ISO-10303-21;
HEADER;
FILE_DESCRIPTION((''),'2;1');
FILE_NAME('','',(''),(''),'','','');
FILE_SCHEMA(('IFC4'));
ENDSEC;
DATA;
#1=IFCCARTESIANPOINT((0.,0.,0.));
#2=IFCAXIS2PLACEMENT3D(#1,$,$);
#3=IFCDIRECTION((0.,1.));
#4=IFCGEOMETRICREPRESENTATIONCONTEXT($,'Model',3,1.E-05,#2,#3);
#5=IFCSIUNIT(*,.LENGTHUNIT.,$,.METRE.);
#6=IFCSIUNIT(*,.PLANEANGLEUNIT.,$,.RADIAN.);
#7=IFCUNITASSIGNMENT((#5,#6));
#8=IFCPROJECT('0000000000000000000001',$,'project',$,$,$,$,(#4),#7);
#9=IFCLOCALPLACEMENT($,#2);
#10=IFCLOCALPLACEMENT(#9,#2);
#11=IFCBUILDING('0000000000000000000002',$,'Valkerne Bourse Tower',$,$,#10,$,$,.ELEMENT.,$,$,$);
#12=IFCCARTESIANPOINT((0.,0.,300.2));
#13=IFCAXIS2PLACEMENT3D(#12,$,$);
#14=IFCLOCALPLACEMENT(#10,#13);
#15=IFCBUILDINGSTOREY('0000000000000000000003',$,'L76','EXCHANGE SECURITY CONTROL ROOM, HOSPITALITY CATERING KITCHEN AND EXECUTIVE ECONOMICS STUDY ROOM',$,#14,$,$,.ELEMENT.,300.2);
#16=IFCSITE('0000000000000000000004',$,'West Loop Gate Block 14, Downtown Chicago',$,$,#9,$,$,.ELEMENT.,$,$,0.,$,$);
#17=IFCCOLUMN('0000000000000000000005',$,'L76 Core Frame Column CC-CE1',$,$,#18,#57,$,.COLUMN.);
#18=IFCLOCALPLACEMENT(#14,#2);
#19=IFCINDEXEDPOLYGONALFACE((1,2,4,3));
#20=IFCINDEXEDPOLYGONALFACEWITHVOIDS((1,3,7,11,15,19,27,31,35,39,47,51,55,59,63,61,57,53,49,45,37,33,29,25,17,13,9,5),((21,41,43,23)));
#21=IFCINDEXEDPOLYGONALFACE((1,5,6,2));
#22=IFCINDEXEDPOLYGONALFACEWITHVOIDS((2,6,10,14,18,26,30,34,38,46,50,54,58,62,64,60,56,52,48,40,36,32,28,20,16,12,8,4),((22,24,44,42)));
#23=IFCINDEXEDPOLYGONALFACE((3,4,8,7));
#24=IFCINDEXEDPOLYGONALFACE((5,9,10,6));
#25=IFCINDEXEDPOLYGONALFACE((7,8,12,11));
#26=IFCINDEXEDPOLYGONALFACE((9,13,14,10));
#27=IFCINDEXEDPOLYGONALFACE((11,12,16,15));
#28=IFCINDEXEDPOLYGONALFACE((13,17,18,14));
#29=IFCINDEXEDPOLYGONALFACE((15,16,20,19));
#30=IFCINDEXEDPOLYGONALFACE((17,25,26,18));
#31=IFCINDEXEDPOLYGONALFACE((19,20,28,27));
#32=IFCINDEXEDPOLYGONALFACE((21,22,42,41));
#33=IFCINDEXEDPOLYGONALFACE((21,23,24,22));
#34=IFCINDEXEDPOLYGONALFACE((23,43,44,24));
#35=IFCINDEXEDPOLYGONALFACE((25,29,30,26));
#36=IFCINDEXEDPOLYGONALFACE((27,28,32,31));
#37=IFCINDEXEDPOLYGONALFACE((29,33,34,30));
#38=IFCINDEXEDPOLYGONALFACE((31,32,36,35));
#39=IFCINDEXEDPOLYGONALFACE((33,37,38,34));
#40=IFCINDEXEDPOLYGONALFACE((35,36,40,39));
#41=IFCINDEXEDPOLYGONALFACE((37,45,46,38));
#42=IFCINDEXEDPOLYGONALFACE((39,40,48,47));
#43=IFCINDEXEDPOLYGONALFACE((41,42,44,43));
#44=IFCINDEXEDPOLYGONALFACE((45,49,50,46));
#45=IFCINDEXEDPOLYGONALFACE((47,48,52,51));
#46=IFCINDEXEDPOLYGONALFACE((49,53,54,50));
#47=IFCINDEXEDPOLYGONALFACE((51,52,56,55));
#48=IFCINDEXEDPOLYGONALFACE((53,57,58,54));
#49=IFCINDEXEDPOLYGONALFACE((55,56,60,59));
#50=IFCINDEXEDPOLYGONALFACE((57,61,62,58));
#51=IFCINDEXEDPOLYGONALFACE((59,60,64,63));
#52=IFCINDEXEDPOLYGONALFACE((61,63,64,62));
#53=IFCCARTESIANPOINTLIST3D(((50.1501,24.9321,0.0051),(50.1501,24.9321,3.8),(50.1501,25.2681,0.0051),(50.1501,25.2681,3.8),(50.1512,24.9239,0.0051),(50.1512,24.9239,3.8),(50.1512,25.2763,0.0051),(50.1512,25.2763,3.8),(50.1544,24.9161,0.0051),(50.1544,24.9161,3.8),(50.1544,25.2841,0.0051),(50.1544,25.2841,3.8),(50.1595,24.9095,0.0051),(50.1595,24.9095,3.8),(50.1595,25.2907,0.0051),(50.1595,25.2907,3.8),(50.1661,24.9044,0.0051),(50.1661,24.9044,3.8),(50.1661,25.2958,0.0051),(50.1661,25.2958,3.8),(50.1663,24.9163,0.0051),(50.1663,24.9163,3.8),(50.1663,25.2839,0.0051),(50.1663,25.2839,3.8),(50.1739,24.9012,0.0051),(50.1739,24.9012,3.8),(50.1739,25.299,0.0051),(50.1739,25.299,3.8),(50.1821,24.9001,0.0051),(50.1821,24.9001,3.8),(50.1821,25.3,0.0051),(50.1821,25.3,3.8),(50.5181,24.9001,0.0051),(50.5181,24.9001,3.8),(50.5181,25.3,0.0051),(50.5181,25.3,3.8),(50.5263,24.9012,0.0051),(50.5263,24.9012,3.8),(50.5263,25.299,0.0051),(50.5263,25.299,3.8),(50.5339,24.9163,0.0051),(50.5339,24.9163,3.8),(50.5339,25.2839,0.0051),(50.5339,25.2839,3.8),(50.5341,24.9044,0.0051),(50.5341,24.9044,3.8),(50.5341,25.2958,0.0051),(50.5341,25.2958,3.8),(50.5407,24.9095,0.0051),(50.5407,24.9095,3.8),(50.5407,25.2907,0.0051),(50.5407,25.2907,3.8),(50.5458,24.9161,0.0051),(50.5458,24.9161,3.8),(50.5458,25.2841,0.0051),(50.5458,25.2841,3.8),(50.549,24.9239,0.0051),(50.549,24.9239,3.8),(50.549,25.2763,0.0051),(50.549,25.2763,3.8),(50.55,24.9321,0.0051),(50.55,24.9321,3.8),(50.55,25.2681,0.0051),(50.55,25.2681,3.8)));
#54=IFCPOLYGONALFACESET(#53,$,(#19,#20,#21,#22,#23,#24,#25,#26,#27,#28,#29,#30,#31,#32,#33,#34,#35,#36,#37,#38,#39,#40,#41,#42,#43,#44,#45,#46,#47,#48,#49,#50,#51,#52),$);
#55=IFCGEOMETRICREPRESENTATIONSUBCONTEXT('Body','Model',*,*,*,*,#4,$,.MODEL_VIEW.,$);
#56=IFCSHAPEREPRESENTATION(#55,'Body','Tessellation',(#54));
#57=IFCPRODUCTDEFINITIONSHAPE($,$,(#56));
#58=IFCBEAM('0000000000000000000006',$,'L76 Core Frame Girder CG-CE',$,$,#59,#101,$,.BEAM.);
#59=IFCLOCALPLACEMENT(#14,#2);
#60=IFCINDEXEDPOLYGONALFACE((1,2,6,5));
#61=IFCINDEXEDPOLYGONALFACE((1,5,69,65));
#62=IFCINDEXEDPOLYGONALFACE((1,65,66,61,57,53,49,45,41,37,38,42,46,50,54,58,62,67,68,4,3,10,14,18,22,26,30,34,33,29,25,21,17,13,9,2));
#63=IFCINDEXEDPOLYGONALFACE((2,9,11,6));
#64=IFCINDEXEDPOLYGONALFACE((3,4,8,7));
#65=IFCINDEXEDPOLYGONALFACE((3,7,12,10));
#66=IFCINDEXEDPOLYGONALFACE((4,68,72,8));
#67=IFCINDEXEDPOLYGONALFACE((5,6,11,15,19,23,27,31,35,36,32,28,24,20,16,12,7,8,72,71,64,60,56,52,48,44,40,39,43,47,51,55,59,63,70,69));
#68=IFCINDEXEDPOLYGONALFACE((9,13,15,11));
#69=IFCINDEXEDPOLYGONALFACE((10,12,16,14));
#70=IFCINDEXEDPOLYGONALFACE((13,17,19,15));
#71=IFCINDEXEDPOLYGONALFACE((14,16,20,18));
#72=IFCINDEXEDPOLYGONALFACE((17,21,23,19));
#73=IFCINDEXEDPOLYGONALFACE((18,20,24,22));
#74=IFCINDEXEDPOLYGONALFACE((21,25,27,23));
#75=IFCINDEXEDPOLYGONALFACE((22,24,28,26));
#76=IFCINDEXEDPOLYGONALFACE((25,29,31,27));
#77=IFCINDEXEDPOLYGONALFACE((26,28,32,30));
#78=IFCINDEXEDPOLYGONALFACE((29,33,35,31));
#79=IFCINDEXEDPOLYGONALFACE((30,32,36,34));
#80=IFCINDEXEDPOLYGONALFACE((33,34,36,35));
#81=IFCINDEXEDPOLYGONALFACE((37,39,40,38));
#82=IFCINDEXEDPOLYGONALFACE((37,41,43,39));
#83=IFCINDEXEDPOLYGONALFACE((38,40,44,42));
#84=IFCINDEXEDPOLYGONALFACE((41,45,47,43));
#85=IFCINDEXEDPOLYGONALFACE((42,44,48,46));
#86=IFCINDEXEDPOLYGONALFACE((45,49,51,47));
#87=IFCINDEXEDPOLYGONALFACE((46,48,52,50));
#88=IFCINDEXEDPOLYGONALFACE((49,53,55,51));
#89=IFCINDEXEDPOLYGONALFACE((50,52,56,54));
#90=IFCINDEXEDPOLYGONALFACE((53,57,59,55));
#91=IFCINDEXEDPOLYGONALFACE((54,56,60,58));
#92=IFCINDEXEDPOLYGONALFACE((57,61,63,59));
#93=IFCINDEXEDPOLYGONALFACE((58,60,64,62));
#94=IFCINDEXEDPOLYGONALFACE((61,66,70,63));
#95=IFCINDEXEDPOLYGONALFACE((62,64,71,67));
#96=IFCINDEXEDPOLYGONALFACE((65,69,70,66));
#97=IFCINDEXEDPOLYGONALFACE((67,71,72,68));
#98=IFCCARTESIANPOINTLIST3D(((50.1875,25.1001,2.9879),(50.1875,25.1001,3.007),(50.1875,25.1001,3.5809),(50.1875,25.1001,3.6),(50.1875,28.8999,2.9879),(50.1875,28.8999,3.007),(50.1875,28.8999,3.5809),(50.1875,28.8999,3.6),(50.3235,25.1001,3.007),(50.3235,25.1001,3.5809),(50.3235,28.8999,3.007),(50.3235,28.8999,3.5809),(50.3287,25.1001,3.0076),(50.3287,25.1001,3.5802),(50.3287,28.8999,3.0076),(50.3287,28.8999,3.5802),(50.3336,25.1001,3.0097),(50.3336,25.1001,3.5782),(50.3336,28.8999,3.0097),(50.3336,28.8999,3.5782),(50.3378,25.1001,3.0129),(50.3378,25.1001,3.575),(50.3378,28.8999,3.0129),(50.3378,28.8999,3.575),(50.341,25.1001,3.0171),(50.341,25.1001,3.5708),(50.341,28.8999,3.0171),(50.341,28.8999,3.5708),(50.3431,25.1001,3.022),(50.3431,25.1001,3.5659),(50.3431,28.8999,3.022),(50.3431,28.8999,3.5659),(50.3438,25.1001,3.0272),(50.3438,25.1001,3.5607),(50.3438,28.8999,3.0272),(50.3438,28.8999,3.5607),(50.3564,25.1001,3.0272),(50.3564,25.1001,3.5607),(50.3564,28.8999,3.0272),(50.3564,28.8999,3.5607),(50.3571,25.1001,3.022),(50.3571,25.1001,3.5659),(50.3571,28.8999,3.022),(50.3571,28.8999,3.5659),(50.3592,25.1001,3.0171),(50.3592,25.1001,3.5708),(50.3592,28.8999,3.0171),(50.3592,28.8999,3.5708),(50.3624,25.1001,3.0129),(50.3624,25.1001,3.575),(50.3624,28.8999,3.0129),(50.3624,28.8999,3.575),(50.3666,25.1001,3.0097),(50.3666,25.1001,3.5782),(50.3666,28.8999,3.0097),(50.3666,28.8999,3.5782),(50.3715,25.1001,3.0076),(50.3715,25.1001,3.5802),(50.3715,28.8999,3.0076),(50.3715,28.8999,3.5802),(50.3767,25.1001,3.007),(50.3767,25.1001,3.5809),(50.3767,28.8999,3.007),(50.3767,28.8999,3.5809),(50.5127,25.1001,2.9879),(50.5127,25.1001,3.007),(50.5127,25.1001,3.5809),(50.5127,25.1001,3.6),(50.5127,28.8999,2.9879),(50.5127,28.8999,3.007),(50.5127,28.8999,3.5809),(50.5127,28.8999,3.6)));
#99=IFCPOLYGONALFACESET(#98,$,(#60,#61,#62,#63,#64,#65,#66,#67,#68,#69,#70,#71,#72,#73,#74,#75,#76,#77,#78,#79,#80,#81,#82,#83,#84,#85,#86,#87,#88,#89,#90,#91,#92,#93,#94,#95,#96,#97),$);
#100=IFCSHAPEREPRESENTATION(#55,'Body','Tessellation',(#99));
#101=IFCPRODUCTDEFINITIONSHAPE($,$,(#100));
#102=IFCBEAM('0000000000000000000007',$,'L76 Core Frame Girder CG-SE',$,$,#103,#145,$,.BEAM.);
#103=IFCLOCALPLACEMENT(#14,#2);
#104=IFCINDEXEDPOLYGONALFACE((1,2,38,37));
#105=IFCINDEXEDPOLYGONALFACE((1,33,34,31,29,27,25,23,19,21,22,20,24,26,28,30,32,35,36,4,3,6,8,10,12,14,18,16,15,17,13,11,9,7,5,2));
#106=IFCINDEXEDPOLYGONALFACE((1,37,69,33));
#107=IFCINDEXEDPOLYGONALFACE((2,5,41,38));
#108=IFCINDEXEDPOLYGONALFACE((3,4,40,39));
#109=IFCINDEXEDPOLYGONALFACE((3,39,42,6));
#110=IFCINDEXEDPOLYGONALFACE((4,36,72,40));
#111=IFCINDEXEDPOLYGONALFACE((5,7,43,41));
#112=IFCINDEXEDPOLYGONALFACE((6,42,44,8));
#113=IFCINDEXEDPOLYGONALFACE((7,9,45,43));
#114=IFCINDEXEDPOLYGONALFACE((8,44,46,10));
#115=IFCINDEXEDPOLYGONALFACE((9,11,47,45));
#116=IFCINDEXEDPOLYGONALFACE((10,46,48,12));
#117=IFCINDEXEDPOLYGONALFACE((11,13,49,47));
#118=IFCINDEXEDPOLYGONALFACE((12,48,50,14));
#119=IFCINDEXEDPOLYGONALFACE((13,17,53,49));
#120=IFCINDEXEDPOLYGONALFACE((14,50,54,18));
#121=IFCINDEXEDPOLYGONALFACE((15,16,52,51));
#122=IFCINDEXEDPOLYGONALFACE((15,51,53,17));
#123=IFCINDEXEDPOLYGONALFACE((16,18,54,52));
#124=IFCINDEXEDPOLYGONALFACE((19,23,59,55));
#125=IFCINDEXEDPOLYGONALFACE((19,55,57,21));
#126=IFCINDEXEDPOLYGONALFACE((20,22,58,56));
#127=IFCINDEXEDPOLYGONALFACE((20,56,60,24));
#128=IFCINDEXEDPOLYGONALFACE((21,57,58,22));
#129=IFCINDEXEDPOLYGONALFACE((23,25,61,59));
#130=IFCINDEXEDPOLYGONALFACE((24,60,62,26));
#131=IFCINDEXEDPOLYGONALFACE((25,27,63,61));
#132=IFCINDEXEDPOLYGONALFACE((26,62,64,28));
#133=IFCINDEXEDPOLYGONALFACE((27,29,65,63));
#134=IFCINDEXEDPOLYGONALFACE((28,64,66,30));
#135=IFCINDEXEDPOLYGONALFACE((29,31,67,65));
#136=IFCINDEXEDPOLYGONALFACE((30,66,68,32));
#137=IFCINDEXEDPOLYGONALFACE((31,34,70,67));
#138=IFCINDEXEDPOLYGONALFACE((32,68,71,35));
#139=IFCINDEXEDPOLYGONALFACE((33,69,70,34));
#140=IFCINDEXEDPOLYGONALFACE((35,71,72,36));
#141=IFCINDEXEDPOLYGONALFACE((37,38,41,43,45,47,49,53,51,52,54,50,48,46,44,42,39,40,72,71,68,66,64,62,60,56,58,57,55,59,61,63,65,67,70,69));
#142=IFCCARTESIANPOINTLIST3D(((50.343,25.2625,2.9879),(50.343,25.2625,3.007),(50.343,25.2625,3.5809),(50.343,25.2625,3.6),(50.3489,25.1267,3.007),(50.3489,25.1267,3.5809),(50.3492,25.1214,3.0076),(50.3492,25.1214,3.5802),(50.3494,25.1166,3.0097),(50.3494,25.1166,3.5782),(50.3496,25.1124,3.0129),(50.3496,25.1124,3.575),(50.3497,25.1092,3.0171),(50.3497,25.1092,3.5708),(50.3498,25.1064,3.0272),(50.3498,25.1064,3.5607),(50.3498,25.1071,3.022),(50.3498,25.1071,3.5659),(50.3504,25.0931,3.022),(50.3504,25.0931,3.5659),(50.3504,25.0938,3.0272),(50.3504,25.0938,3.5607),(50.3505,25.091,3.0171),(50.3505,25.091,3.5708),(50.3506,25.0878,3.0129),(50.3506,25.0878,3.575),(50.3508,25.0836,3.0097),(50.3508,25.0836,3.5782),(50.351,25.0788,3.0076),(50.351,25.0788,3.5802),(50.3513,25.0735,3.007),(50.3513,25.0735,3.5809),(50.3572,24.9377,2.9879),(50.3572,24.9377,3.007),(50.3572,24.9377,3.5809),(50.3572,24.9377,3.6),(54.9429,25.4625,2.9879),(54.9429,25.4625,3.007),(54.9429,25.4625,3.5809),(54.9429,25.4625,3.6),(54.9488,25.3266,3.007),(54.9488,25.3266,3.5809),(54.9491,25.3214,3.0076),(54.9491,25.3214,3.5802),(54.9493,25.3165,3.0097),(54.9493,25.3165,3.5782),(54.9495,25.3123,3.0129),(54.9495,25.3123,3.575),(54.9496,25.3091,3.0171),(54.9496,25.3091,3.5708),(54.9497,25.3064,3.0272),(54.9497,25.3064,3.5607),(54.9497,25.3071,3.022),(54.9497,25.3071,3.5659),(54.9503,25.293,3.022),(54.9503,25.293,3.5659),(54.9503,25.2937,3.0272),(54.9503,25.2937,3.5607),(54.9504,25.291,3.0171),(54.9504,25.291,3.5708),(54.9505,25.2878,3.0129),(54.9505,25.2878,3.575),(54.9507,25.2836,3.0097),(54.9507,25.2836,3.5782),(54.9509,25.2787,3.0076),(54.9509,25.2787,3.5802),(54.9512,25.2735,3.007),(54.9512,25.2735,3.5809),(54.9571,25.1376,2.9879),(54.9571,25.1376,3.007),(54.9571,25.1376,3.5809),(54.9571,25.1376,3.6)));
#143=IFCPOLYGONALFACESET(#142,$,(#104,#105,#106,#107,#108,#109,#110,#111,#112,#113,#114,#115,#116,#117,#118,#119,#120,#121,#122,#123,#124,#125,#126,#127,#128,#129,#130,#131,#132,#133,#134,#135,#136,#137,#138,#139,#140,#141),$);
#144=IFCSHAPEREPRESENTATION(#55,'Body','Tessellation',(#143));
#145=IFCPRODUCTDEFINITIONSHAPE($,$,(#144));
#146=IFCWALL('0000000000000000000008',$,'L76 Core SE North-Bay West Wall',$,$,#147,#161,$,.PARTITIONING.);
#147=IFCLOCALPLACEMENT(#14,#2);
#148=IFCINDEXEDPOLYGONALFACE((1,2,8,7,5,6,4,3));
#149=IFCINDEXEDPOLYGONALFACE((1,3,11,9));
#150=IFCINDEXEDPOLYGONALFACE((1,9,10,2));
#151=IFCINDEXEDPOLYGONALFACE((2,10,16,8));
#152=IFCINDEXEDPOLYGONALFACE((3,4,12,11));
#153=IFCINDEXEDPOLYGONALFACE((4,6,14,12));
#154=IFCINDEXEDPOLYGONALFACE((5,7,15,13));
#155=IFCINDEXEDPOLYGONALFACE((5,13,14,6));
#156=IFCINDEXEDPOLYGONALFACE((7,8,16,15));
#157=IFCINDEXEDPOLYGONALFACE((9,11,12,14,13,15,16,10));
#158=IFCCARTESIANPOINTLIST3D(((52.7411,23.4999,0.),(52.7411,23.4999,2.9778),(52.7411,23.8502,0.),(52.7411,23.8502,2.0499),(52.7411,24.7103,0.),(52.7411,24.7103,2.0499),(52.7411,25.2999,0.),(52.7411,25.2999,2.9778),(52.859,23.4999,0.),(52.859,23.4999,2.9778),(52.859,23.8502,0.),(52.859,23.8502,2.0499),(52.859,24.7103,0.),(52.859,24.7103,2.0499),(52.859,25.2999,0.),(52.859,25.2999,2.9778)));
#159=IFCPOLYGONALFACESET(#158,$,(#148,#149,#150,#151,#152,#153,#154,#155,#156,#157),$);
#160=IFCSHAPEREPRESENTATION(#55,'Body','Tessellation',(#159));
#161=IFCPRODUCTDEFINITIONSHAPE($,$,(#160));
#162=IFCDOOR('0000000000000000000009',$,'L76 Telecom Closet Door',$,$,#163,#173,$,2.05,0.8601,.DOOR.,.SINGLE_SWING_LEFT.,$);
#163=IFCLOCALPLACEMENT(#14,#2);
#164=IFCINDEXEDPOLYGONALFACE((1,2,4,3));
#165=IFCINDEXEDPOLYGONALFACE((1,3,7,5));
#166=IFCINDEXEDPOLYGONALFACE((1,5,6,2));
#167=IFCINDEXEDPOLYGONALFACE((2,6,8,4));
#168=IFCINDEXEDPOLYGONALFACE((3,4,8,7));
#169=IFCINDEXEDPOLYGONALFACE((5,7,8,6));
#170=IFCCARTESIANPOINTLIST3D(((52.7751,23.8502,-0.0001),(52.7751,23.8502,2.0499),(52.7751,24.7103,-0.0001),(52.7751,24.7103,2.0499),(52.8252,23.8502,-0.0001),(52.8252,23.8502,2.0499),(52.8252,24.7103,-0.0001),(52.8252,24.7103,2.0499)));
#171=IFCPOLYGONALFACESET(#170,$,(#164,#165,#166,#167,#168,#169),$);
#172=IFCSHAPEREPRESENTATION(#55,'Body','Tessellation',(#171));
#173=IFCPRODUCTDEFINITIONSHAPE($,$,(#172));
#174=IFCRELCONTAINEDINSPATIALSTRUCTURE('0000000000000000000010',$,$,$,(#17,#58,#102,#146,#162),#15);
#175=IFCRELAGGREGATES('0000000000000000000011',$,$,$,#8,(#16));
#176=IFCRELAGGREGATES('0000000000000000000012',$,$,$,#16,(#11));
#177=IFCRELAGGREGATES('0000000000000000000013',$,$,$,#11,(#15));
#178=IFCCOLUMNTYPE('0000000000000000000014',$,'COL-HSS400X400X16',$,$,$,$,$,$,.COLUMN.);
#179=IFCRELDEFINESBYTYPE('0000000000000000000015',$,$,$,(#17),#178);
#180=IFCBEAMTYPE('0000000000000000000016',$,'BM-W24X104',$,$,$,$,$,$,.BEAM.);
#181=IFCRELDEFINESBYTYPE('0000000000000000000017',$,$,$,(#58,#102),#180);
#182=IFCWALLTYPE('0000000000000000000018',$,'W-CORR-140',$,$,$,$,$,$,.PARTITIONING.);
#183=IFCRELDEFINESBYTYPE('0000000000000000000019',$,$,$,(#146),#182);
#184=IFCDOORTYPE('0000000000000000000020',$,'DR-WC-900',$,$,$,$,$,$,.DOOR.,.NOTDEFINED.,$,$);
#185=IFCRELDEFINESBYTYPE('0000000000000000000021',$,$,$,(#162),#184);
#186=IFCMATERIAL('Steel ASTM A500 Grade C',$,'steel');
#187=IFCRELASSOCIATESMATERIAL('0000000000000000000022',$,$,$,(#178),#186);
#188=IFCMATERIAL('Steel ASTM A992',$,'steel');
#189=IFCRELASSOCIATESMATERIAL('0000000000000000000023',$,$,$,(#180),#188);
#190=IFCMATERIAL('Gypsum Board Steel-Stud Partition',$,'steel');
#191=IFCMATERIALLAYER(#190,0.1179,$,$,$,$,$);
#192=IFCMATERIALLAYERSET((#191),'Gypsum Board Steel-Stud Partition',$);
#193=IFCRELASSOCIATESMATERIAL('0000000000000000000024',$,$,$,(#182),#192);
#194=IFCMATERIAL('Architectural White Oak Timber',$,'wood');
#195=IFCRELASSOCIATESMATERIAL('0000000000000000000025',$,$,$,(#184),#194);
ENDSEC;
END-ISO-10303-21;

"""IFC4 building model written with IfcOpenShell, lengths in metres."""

from ifc_helpers import new_model, si_unit, direction, frame, frame_2d, origin, origin_2d, place, context, subcontext, project, spatial, rectangle, hollow_rectangle, i_section, extrude, material, layer, layer_set, material_profile, profile_set, type_object, element, fill, save


model = new_model("IFC4")

# Units and contexts
model_context = context("Model", 3, precision=1e-05, world=origin(), true_north=direction((0.0, 1.0)))
body_context = subcontext(model_context, "Body", "Model", "MODEL_VIEW")
ifc_project = project(units=[si_unit("LENGTHUNIT", "METRE"), si_unit("PLANEANGLEUNIT", "RADIAN")], contexts=[model_context])

# Site, building, storey
site_placement = place(None, origin())
site = spatial("IfcSite", under=ifc_project, at=site_placement, Name="West Loop Gate Block 14, Downtown Chicago", CompositionType="ELEMENT", RefElevation=0.0)
building_placement = place(site_placement, origin())
building = spatial("IfcBuilding", under=site, at=building_placement, Name="Valkerne Bourse Tower", CompositionType="ELEMENT")
storey_placement = place(building_placement, frame((0.0, 0.0, 300.2)))
storey = spatial("IfcBuildingStorey", under=building, at=storey_placement, Name="L76", Description="EXCHANGE SECURITY CONTROL ROOM, HOSPITALITY CATERING KITCHEN AND EXECUTIVE ECONOMICS STUDY ROOM", CompositionType="ELEMENT", Elevation=300.2)

# Column
ifc_material_1 = material(Name="Steel ASTM A500 Grade C", Category="steel")
ifc_material_profile_1 = material_profile(ifc_material_1, hollow_rectangle(XDim=0.3999, YDim=0.3999, WallThickness=0.0161, OuterFilletRadius=0.032, at=origin_2d()), Name="HSS400X400X16")
ifc_profile_set_1 = profile_set([ifc_material_profile_1], Name="Steel ASTM A500 Grade C")
column_type = type_object("IfcColumnType", Name="COL-HSS400X400X16", PredefinedType="COLUMN", material=ifc_profile_set_1)
column_placement = place(storey_placement, frame((50.3501, 25.1001, 0.0051), z_axis=(0.0, 0.0, 1.0), x_axis=(1.0, 0.0, 0.0)))
element("IfcColumn", 1, at=column_placement, inside=storey, type_object=column_type, Name="L76 Core Frame Column CC-CE1", PredefinedType="COLUMN", context=body_context, shape_type="SweptSolid", body=[
    extrude(hollow_rectangle(XDim=0.3999, YDim=0.3999, WallThickness=0.0161, OuterFilletRadius=0.032, at=origin_2d()), origin(), (0.0, 0.0, 1.0), 3.7949),
])

# Beams
ifc_material_2 = material(Name="Steel ASTM A992", Category="steel")
ifc_material_profile_2 = material_profile(ifc_material_2, i_section(OverallWidth=0.3252, OverallDepth=0.6121, WebThickness=0.0127, FlangeThickness=0.019, FilletRadius=0.0203, at=origin_2d()), Name="W24X104")
ifc_profile_set_2 = profile_set([ifc_material_profile_2], Name="Steel ASTM A992")
beam_type = type_object("IfcBeamType", Name="BM-W24X104", PredefinedType="BEAM", material=ifc_profile_set_2)
beam_1_placement = place(storey_placement, frame((50.3501, 25.1001, 3.2939), z_axis=(0.0, 1.0, 0.0), x_axis=(-1.0, 0.0, 0.0)))
element("IfcBeam", 2, at=beam_1_placement, inside=storey, type_object=beam_type, Name="L76 Core Frame Girder CG-CE", PredefinedType="BEAM", context=body_context, shape_type="SweptSolid", body=[
    extrude(i_section(OverallWidth=0.3252, OverallDepth=0.6121, WebThickness=0.0127, FlangeThickness=0.019, FilletRadius=0.0203, at=origin_2d()), origin(), (0.0, 0.0, 1.0), 3.7998),
])
beam_2_placement = place(storey_placement, frame((50.3501, 25.1001, 3.2939), z_axis=(0.999057, 0.043428, 0.0), x_axis=(-0.043428, 0.999057, 0.0)))
element("IfcBeam", 3, at=beam_2_placement, inside=storey, type_object=beam_type, Name="L76 Core Frame Girder CG-SE", PredefinedType="BEAM", context=body_context, shape_type="SweptSolid", body=[
    extrude(i_section(OverallWidth=0.3252, OverallDepth=0.6121, WebThickness=0.0127, FlangeThickness=0.019, FilletRadius=0.0203, at=origin_2d()), origin(), (0.0, 0.0, 1.0), 4.6042),
])

# Wall, opening, door
ifc_material_3 = material(Name="Gypsum Board Steel-Stud Partition", Category="steel")
ifc_layer_1 = layer(ifc_material_3, 0.1179)
ifc_layer_set_1 = layer_set([ifc_layer_1], Name="Gypsum Board Steel-Stud Partition")
wall_type_1 = type_object("IfcWallType", Name="W-CORR-140", PredefinedType="PARTITIONING", material=ifc_layer_set_1)
wall_1_placement = place(storey_placement, frame((52.8, 23.5, 0.0), z_axis=(0.0, 0.0, 1.0), x_axis=(0.0, 1.0, 0.0)))
wall_1 = element("IfcWall", 4, at=wall_1_placement, inside=storey, type_object=wall_type_1, Name="L76 Core SE North-Bay West Wall", PredefinedType="PARTITIONING", context=body_context, shape_type="SweptSolid", body=[
    extrude(rectangle(XDim=1.8, YDim=0.1179, at=frame_2d((0.8999, 0.0))), origin(), (0.0, 0.0, 1.0), 2.9778),
])
opening_1_placement = place(wall_1_placement, frame((0.3501, 0.0, 0.0)))
opening_1 = element("IfcOpeningElement", 5, at=opening_1_placement, cuts=wall_1, PredefinedType="OPENING", context=body_context, shape_type="SweptSolid", body=[
    extrude(rectangle(XDim=0.8601, YDim=2.05, at=frame_2d((0.4302, 1.0249))), frame((0.0, 0.0688, 0.0), z_axis=(0.0, -1.0, 0.0), x_axis=(1.0, 0.0, 0.0)), (0.0, 0.0, 1.0), 0.1379),
])
ifc_material_4 = material(Name="Architectural White Oak Timber", Category="wood")
door_type_1 = type_object("IfcDoorType", Name="DR-WC-900", OperationType="NOTDEFINED", PredefinedType="DOOR", material=ifc_material_4)
door_1_placement = place(opening_1_placement, origin())
door_1 = element("IfcDoor", 6, at=door_1_placement, inside=storey, type_object=door_type_1, Name="L76 Telecom Closet Door", OperationType="SINGLE_SWING_LEFT", OverallHeight=2.05, OverallWidth=0.8601, PredefinedType="DOOR", context=body_context, shape_type="SweptSolid", body=[
    extrude(rectangle(XDim=0.8601, YDim=2.05, at=frame_2d((0.4302, 1.0249))), frame((0.0, 0.0249, 0.0), z_axis=(0.0, -1.0, 0.0), x_axis=(1.0, 0.0, 0.0)), (0.0, 0.0, 1.0), 0.05),
])
fill(opening_1, door_1)

save(model, "model.ifc")
